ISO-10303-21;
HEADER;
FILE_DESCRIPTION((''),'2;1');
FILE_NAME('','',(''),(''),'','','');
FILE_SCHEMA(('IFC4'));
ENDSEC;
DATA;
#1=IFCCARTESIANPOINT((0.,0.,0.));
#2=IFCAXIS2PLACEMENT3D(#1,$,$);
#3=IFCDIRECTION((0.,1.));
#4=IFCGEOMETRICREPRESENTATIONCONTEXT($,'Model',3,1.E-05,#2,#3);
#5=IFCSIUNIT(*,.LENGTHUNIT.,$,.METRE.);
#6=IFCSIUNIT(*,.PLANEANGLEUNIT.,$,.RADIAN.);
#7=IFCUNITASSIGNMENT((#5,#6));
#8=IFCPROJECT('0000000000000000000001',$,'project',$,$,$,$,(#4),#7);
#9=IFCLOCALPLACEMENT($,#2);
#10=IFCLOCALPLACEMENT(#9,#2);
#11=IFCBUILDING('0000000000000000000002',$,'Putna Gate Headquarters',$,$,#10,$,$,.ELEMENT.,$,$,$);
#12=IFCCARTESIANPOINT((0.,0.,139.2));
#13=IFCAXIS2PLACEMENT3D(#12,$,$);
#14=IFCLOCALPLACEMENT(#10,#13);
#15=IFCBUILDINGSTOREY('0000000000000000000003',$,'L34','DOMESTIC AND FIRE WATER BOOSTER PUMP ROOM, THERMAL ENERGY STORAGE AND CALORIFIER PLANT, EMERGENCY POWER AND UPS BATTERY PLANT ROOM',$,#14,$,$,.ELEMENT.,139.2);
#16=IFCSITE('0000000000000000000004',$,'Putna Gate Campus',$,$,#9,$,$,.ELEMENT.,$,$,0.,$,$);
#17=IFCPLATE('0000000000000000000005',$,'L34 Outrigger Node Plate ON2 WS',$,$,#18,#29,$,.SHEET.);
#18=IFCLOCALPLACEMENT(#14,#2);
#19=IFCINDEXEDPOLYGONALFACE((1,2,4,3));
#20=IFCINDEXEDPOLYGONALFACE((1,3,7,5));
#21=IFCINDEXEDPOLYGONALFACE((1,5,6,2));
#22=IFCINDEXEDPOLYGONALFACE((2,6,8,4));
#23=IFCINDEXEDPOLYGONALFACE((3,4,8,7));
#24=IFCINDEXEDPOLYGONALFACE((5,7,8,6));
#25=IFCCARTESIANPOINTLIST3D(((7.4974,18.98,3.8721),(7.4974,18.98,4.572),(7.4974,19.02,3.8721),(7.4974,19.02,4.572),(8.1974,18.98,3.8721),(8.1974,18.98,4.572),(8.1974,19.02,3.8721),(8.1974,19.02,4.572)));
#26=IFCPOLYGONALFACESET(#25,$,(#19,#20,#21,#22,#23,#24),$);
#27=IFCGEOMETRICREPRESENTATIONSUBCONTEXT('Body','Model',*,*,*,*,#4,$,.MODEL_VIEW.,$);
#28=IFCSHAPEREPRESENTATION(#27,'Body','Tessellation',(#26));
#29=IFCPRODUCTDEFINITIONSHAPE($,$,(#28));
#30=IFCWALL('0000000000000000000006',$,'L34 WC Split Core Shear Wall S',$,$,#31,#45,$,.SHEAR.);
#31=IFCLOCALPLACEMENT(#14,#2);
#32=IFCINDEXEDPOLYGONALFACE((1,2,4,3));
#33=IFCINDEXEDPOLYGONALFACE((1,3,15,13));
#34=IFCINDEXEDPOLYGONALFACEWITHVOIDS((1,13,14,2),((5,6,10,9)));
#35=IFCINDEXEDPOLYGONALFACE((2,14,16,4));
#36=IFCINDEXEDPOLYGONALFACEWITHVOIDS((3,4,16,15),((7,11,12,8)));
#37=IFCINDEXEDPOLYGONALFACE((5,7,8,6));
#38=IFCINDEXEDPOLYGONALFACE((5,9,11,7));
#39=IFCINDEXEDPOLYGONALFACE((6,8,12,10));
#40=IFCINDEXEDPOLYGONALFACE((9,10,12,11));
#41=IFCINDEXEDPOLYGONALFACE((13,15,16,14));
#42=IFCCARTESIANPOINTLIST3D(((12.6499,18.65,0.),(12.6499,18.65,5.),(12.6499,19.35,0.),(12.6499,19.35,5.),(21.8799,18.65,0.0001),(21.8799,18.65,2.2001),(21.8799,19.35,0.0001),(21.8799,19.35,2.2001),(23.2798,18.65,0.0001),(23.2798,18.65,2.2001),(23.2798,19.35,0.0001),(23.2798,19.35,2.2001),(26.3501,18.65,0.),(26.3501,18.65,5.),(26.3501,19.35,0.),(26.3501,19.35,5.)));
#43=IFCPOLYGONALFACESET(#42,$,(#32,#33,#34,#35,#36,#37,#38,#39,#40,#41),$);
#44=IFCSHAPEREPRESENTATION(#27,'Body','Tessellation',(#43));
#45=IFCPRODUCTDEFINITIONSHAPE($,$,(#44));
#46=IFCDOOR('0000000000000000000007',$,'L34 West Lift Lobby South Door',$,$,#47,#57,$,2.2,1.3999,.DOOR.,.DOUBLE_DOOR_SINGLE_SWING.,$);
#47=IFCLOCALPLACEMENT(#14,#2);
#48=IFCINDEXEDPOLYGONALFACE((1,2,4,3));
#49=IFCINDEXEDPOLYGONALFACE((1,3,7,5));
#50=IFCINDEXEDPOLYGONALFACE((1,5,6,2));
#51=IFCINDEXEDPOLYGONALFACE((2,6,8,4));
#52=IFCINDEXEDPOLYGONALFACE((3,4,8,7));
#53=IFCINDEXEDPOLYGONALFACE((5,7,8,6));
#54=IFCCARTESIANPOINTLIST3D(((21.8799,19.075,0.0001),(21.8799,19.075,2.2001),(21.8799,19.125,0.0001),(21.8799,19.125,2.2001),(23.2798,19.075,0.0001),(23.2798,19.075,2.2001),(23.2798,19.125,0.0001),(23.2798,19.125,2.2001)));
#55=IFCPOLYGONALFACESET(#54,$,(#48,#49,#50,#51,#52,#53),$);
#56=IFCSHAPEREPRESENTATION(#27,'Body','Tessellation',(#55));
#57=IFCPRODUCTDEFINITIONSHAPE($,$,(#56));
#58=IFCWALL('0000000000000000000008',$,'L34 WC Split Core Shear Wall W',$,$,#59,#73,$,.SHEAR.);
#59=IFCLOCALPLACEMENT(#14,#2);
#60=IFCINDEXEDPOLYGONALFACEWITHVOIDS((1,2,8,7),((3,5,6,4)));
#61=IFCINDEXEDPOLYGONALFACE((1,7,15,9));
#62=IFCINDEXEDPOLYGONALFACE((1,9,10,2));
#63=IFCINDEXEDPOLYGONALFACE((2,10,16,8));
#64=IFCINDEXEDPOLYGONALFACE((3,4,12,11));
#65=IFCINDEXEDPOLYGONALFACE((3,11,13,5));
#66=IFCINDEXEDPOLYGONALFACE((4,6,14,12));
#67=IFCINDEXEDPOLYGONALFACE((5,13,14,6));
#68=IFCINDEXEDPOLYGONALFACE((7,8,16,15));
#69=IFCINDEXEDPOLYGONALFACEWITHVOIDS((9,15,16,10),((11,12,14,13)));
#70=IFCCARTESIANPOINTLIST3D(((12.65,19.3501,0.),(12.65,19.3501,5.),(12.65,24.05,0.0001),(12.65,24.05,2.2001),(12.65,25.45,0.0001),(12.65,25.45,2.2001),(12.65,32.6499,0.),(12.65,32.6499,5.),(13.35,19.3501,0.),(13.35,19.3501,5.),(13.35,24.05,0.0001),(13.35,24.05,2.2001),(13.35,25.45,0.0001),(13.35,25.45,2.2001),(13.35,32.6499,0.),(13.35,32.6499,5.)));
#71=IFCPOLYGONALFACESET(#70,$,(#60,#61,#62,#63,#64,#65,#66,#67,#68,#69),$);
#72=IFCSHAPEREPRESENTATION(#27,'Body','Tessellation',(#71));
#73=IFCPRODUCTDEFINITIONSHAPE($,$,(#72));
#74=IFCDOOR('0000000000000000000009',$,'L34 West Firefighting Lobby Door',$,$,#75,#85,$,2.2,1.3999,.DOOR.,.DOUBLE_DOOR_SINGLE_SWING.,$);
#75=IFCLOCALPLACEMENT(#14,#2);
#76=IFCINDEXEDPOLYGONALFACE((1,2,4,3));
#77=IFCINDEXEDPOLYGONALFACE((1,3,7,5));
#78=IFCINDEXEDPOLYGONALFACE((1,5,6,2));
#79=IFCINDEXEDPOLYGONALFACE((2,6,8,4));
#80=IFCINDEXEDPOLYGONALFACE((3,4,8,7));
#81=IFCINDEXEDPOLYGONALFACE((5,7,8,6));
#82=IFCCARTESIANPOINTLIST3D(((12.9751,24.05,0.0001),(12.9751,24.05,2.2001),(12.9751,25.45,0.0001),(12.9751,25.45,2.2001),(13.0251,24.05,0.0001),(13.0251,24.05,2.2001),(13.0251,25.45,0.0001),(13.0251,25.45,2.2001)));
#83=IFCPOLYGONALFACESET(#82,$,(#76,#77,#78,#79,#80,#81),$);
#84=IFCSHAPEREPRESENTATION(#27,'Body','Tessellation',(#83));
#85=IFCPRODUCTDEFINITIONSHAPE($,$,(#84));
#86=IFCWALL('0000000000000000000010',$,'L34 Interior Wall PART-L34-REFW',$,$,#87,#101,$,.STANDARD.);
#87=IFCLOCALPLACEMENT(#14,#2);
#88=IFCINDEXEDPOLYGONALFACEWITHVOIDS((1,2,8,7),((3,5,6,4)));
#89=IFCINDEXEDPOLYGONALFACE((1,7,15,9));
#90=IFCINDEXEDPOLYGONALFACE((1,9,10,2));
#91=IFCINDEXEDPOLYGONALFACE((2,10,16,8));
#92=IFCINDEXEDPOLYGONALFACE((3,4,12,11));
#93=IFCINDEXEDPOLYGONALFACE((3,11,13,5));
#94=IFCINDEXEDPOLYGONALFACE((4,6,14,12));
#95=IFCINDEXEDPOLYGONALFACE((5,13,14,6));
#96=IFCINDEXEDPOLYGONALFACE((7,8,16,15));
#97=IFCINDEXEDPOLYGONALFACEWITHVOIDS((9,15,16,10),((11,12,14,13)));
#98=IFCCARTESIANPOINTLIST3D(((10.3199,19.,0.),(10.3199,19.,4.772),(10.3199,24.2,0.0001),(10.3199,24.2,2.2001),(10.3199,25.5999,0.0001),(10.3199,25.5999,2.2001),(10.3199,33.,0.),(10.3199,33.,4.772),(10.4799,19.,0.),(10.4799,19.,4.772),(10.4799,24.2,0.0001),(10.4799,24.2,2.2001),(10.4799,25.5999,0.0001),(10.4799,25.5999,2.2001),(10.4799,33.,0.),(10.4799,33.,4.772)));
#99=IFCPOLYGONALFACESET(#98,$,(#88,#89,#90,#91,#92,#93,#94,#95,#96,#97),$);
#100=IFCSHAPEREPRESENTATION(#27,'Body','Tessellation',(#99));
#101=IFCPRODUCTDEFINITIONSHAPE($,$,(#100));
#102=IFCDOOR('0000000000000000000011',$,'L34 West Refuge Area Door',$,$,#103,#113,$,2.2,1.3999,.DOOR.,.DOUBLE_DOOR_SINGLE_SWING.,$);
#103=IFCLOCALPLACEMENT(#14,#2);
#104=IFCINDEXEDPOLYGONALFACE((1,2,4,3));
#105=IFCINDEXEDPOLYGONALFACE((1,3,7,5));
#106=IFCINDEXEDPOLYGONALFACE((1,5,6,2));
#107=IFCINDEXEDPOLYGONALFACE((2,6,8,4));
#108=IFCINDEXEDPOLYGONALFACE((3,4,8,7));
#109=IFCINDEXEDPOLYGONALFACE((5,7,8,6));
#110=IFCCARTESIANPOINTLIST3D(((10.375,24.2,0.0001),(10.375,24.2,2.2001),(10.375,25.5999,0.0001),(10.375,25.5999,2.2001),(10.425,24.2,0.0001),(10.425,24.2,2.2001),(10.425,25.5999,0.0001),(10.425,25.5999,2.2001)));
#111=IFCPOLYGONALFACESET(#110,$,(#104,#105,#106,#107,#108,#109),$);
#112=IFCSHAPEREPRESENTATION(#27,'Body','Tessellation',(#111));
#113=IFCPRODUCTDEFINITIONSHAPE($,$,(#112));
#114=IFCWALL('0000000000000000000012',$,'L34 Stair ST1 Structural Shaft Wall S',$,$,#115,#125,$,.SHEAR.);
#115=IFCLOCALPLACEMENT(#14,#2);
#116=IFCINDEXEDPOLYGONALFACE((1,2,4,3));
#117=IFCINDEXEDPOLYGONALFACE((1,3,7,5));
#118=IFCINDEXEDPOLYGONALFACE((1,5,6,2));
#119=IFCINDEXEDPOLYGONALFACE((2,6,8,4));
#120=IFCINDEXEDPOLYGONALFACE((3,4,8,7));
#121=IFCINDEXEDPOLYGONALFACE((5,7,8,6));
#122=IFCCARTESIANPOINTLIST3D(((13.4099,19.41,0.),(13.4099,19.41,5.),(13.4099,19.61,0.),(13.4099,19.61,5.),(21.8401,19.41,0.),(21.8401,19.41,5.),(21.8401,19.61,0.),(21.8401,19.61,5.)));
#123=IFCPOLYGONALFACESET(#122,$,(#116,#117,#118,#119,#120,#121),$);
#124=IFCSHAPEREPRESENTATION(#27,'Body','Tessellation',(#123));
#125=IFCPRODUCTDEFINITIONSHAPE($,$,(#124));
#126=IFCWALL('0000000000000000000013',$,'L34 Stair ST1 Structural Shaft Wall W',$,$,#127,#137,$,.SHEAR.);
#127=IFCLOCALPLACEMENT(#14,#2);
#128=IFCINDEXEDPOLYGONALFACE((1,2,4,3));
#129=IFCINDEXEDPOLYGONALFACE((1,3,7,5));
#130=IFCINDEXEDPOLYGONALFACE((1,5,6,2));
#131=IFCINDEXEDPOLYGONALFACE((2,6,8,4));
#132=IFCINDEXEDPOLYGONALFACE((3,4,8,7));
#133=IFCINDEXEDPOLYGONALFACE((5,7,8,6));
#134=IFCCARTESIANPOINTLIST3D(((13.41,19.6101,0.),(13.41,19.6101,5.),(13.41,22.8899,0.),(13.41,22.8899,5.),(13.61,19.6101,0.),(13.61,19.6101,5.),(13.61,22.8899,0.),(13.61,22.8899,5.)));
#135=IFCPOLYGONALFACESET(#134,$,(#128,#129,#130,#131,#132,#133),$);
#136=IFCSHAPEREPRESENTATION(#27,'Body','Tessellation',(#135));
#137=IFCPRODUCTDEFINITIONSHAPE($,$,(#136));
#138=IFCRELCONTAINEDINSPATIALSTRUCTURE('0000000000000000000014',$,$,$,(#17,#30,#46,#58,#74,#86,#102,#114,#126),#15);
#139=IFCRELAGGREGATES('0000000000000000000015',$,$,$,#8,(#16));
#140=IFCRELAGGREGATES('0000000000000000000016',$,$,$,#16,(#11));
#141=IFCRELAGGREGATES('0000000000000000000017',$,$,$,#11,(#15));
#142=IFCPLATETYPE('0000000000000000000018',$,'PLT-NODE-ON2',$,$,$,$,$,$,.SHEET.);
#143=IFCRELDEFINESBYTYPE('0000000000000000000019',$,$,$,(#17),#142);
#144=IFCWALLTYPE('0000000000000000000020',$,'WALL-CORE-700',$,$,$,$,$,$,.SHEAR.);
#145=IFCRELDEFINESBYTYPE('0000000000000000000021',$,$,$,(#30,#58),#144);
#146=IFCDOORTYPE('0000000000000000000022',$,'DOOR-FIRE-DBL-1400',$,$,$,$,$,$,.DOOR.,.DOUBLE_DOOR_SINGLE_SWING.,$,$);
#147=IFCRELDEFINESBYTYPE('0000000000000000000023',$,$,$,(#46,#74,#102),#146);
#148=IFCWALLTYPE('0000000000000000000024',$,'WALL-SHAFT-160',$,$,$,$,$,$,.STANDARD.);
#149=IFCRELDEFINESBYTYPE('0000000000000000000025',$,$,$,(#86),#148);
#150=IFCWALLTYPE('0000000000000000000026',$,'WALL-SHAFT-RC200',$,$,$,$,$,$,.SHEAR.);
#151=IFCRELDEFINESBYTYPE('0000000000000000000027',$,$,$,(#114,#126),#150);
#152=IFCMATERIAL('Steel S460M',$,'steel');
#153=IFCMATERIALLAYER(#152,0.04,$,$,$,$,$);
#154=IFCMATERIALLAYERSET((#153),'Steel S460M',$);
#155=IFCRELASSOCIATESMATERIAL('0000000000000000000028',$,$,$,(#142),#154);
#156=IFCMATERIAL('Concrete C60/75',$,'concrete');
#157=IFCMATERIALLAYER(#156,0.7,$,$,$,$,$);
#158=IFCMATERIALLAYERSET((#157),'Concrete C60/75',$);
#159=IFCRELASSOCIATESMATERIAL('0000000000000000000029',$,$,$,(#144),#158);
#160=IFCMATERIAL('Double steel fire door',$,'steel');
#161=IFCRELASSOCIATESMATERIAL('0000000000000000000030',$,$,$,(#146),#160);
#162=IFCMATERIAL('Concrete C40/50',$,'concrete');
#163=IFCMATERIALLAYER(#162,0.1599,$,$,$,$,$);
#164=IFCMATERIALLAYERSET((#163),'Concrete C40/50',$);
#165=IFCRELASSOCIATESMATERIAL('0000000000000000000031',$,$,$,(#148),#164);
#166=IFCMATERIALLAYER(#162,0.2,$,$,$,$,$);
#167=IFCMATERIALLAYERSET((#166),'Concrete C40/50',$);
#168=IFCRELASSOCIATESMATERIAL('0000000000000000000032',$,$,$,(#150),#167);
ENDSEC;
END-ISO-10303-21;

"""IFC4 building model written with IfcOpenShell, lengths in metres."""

from ifc_helpers import new_model, si_unit, direction, frame, frame_2d, origin, origin_2d, place, context, subcontext, project, spatial, rectangle, extrude, material, layer, layer_set, type_object, element, fill, save


model = new_model("IFC4")

# Units and contexts
model_context = context("Model", 3, precision=1e-05, world=origin(), true_north=direction((0.0, 1.0)))
body_context = subcontext(model_context, "Body", "Model", "MODEL_VIEW")
ifc_project = project(units=[si_unit("LENGTHUNIT", "METRE"), si_unit("PLANEANGLEUNIT", "RADIAN")], contexts=[model_context])

# Site, building, storey
site_placement = place(None, origin())
site = spatial("IfcSite", under=ifc_project, at=site_placement, Name="Putna Gate Campus", CompositionType="ELEMENT", RefElevation=0.0)
building_placement = place(site_placement, origin())
building = spatial("IfcBuilding", under=site, at=building_placement, Name="Putna Gate Headquarters", CompositionType="ELEMENT")
storey_placement = place(building_placement, frame((0.0, 0.0, 139.2)))
storey = spatial("IfcBuildingStorey", under=building, at=storey_placement, Name="L34", Description="DOMESTIC AND FIRE WATER BOOSTER PUMP ROOM, THERMAL ENERGY STORAGE AND CALORIFIER PLANT, EMERGENCY POWER AND UPS BATTERY PLANT ROOM", CompositionType="ELEMENT", Elevation=139.2)

# Shared definitions
ifc_material_1 = material(Name="Concrete C60/75", Category="concrete")

# Shared definitions
ifc_material_2 = material(Name="Steel S460M", Category="steel")

# Plate
ifc_layer_1 = layer(ifc_material_2, 0.04)
ifc_layer_set_1 = layer_set([ifc_layer_1], Name="Steel S460M")
plate_type_1 = type_object("IfcPlateType", Name="PLT-NODE-ON2", PredefinedType="SHEET", material=ifc_layer_set_1)
plate_1_placement = place(storey_placement, frame((7.8474, 19.0, 3.8721), z_axis=(0.0, 0.0, 1.0), x_axis=(1.0, 0.0, 0.0)))
element("IfcPlate", 1, at=plate_1_placement, inside=storey, type_object=plate_type_1, Name="L34 Outrigger Node Plate ON2 WS", PredefinedType="SHEET", context=body_context, shape_type="SweptSolid", body=[
    extrude(rectangle(XDim=0.7, YDim=0.04, at=origin_2d()), origin(), (0.0, 0.0, 1.0), 0.7),
])

# Walls, openings, doors
ifc_layer_2 = layer(ifc_material_1, 0.7)
ifc_layer_set_2 = layer_set([ifc_layer_2], Name="Concrete C60/75")
wall_type_1 = type_object("IfcWallType", Name="WALL-CORE-700", PredefinedType="SHEAR", material=ifc_layer_set_2)
wall_1_placement = place(storey_placement, frame((12.6499, 19.0, 0.0), z_axis=(0.0, 0.0, 1.0), x_axis=(1.0, 0.0, 0.0)))
wall_1 = element("IfcWall", 2, at=wall_1_placement, inside=storey, type_object=wall_type_1, Name="L34 WC Split Core Shear Wall S", PredefinedType="SHEAR", context=body_context, shape_type="SweptSolid", body=[
    extrude(rectangle(XDim=13.7002, YDim=0.7, at=frame_2d((6.8501, 0.0))), origin(), (0.0, 0.0, 1.0), 5.0),
])
opening_1_placement = place(wall_1_placement, frame((9.23, 0.0, 0.0)))
opening_1 = element("IfcOpeningElement", 3, at=opening_1_placement, cuts=wall_1, PredefinedType="OPENING", context=body_context, shape_type="SweptSolid", body=[
    extrude(rectangle(XDim=1.3999, YDim=2.2, at=frame_2d((0.7, 1.1001))), frame((0.0, 0.3599, 0.0), z_axis=(0.0, -1.0, 0.0), x_axis=(1.0, 0.0, 0.0)), (0.0, 0.0, 1.0), 0.72),
])
ifc_material_3 = material(Name="Double steel fire door", Category="steel")
door_type = type_object("IfcDoorType", Name="DOOR-FIRE-DBL-1400", OperationType="DOUBLE_DOOR_SINGLE_SWING", PredefinedType="DOOR", material=ifc_material_3)
door_1_placement = place(opening_1_placement, origin())
door_1 = element("IfcDoor", 4, at=door_1_placement, inside=storey, type_object=door_type, Name="L34 West Lift Lobby South Door", OperationType="DOUBLE_DOOR_SINGLE_SWING", OverallHeight=2.2, OverallWidth=1.3999, PredefinedType="DOOR", context=body_context, shape_type="SweptSolid", body=[
    extrude(rectangle(XDim=1.3999, YDim=2.2, at=frame_2d((0.7, 1.1001))), frame((0.0, 0.125, 0.0), z_axis=(0.0, -1.0, 0.0), x_axis=(1.0, 0.0, 0.0)), (0.0, 0.0, 1.0), 0.05),
])
fill(opening_1, door_1)
wall_2_placement = place(storey_placement, frame((13.0, 19.3501, 0.0), z_axis=(0.0, 0.0, 1.0), x_axis=(0.0, 1.0, 0.0)))
wall_2 = element("IfcWall", 5, at=wall_2_placement, inside=storey, type_object=wall_type_1, Name="L34 WC Split Core Shear Wall W", PredefinedType="SHEAR", context=body_context, shape_type="SweptSolid", body=[
    extrude(rectangle(XDim=13.2998, YDim=0.7, at=frame_2d((6.6499, 0.0))), origin(), (0.0, 0.0, 1.0), 5.0),
])
opening_2_placement = place(wall_2_placement, frame((4.7, 0.0, 0.0)))
opening_2 = element("IfcOpeningElement", 6, at=opening_2_placement, cuts=wall_2, PredefinedType="OPENING", context=body_context, shape_type="SweptSolid", body=[
    extrude(rectangle(XDim=1.3999, YDim=2.2, at=frame_2d((0.7, 1.1001))), frame((0.0, 0.3599, 0.0), z_axis=(0.0, -1.0, 0.0), x_axis=(1.0, 0.0, 0.0)), (0.0, 0.0, 1.0), 0.72),
])
door_2_placement = place(opening_2_placement, origin())
door_2 = element("IfcDoor", 7, at=door_2_placement, inside=storey, type_object=door_type, Name="L34 West Firefighting Lobby Door", OperationType="DOUBLE_DOOR_SINGLE_SWING", OverallHeight=2.2, OverallWidth=1.3999, PredefinedType="DOOR", context=body_context, shape_type="SweptSolid", body=[
    extrude(rectangle(XDim=1.3999, YDim=2.2, at=frame_2d((0.7, 1.1001))), frame((0.0, 0.0249, 0.0), z_axis=(0.0, -1.0, 0.0), x_axis=(1.0, 0.0, 0.0)), (0.0, 0.0, 1.0), 0.05),
])
fill(opening_2, door_2)
ifc_material_4 = material(Name="Concrete C40/50", Category="concrete")
ifc_layer_3 = layer(ifc_material_4, 0.1599)
ifc_layer_set_3 = layer_set([ifc_layer_3], Name="Concrete C40/50")
wall_type_2 = type_object("IfcWallType", Name="WALL-SHAFT-160", PredefinedType="STANDARD", material=ifc_layer_set_3)
wall_3_placement = place(storey_placement, frame((10.3999, 19.0, 0.0), z_axis=(0.0, 0.0, 1.0), x_axis=(0.0, 1.0, 0.0)))
wall_3 = element("IfcWall", 8, at=wall_3_placement, inside=storey, type_object=wall_type_2, Name="L34 Interior Wall PART-L34-REFW", PredefinedType="STANDARD", context=body_context, shape_type="SweptSolid", body=[
    extrude(rectangle(XDim=14.0, YDim=0.1599, at=frame_2d((7.0, 0.0))), origin(), (0.0, 0.0, 1.0), 4.772),
])
opening_3_placement = place(wall_3_placement, frame((5.2, 0.0, 0.0)))
opening_3 = element("IfcOpeningElement", 9, at=opening_3_placement, cuts=wall_3, PredefinedType="OPENING", context=body_context, shape_type="SweptSolid", body=[
    extrude(rectangle(XDim=1.3999, YDim=2.2, at=frame_2d((0.7, 1.1001))), frame((0.0, 0.0898, 0.0), z_axis=(0.0, -1.0, 0.0), x_axis=(1.0, 0.0, 0.0)), (0.0, 0.0, 1.0), 0.1799),
])
door_3_placement = place(opening_3_placement, origin())
door_3 = element("IfcDoor", 10, at=door_3_placement, inside=storey, type_object=door_type, Name="L34 West Refuge Area Door", OperationType="DOUBLE_DOOR_SINGLE_SWING", OverallHeight=2.2, OverallWidth=1.3999, PredefinedType="DOOR", context=body_context, shape_type="SweptSolid", body=[
    extrude(rectangle(XDim=1.3999, YDim=2.2, at=frame_2d((0.7, 1.1001))), frame((0.0, 0.0249, 0.0), z_axis=(0.0, -1.0, 0.0), x_axis=(1.0, 0.0, 0.0)), (0.0, 0.0, 1.0), 0.05),
])
fill(opening_3, door_3)

# Walls
ifc_layer_4 = layer(ifc_material_4, 0.2)
ifc_layer_set_4 = layer_set([ifc_layer_4], Name="Concrete C40/50")
wall_type_3 = type_object("IfcWallType", Name="WALL-SHAFT-RC200", PredefinedType="SHEAR", material=ifc_layer_set_4)
wall_4_placement = place(storey_placement, frame((13.4099, 19.51, 0.0), z_axis=(0.0, 0.0, 1.0), x_axis=(1.0, 0.0, 0.0)))
element("IfcWall", 11, at=wall_4_placement, inside=storey, type_object=wall_type_3, Name="L34 Stair ST1 Structural Shaft Wall S", PredefinedType="SHEAR", context=body_context, shape_type="SweptSolid", body=[
    extrude(rectangle(XDim=8.4302, YDim=0.2, at=frame_2d((4.2151, 0.0))), origin(), (0.0, 0.0, 1.0), 5.0),
])
wall_5_placement = place(storey_placement, frame((13.51, 19.6101, 0.0), z_axis=(0.0, 0.0, 1.0), x_axis=(0.0, 1.0, 0.0)))
element("IfcWall", 12, at=wall_5_placement, inside=storey, type_object=wall_type_3, Name="L34 Stair ST1 Structural Shaft Wall W", PredefinedType="SHEAR", context=body_context, shape_type="SweptSolid", body=[
    extrude(rectangle(XDim=3.2798, YDim=0.2, at=frame_2d((1.6399, 0.0))), origin(), (0.0, 0.0, 1.0), 5.0),
])

save(model, "model.ifc")
